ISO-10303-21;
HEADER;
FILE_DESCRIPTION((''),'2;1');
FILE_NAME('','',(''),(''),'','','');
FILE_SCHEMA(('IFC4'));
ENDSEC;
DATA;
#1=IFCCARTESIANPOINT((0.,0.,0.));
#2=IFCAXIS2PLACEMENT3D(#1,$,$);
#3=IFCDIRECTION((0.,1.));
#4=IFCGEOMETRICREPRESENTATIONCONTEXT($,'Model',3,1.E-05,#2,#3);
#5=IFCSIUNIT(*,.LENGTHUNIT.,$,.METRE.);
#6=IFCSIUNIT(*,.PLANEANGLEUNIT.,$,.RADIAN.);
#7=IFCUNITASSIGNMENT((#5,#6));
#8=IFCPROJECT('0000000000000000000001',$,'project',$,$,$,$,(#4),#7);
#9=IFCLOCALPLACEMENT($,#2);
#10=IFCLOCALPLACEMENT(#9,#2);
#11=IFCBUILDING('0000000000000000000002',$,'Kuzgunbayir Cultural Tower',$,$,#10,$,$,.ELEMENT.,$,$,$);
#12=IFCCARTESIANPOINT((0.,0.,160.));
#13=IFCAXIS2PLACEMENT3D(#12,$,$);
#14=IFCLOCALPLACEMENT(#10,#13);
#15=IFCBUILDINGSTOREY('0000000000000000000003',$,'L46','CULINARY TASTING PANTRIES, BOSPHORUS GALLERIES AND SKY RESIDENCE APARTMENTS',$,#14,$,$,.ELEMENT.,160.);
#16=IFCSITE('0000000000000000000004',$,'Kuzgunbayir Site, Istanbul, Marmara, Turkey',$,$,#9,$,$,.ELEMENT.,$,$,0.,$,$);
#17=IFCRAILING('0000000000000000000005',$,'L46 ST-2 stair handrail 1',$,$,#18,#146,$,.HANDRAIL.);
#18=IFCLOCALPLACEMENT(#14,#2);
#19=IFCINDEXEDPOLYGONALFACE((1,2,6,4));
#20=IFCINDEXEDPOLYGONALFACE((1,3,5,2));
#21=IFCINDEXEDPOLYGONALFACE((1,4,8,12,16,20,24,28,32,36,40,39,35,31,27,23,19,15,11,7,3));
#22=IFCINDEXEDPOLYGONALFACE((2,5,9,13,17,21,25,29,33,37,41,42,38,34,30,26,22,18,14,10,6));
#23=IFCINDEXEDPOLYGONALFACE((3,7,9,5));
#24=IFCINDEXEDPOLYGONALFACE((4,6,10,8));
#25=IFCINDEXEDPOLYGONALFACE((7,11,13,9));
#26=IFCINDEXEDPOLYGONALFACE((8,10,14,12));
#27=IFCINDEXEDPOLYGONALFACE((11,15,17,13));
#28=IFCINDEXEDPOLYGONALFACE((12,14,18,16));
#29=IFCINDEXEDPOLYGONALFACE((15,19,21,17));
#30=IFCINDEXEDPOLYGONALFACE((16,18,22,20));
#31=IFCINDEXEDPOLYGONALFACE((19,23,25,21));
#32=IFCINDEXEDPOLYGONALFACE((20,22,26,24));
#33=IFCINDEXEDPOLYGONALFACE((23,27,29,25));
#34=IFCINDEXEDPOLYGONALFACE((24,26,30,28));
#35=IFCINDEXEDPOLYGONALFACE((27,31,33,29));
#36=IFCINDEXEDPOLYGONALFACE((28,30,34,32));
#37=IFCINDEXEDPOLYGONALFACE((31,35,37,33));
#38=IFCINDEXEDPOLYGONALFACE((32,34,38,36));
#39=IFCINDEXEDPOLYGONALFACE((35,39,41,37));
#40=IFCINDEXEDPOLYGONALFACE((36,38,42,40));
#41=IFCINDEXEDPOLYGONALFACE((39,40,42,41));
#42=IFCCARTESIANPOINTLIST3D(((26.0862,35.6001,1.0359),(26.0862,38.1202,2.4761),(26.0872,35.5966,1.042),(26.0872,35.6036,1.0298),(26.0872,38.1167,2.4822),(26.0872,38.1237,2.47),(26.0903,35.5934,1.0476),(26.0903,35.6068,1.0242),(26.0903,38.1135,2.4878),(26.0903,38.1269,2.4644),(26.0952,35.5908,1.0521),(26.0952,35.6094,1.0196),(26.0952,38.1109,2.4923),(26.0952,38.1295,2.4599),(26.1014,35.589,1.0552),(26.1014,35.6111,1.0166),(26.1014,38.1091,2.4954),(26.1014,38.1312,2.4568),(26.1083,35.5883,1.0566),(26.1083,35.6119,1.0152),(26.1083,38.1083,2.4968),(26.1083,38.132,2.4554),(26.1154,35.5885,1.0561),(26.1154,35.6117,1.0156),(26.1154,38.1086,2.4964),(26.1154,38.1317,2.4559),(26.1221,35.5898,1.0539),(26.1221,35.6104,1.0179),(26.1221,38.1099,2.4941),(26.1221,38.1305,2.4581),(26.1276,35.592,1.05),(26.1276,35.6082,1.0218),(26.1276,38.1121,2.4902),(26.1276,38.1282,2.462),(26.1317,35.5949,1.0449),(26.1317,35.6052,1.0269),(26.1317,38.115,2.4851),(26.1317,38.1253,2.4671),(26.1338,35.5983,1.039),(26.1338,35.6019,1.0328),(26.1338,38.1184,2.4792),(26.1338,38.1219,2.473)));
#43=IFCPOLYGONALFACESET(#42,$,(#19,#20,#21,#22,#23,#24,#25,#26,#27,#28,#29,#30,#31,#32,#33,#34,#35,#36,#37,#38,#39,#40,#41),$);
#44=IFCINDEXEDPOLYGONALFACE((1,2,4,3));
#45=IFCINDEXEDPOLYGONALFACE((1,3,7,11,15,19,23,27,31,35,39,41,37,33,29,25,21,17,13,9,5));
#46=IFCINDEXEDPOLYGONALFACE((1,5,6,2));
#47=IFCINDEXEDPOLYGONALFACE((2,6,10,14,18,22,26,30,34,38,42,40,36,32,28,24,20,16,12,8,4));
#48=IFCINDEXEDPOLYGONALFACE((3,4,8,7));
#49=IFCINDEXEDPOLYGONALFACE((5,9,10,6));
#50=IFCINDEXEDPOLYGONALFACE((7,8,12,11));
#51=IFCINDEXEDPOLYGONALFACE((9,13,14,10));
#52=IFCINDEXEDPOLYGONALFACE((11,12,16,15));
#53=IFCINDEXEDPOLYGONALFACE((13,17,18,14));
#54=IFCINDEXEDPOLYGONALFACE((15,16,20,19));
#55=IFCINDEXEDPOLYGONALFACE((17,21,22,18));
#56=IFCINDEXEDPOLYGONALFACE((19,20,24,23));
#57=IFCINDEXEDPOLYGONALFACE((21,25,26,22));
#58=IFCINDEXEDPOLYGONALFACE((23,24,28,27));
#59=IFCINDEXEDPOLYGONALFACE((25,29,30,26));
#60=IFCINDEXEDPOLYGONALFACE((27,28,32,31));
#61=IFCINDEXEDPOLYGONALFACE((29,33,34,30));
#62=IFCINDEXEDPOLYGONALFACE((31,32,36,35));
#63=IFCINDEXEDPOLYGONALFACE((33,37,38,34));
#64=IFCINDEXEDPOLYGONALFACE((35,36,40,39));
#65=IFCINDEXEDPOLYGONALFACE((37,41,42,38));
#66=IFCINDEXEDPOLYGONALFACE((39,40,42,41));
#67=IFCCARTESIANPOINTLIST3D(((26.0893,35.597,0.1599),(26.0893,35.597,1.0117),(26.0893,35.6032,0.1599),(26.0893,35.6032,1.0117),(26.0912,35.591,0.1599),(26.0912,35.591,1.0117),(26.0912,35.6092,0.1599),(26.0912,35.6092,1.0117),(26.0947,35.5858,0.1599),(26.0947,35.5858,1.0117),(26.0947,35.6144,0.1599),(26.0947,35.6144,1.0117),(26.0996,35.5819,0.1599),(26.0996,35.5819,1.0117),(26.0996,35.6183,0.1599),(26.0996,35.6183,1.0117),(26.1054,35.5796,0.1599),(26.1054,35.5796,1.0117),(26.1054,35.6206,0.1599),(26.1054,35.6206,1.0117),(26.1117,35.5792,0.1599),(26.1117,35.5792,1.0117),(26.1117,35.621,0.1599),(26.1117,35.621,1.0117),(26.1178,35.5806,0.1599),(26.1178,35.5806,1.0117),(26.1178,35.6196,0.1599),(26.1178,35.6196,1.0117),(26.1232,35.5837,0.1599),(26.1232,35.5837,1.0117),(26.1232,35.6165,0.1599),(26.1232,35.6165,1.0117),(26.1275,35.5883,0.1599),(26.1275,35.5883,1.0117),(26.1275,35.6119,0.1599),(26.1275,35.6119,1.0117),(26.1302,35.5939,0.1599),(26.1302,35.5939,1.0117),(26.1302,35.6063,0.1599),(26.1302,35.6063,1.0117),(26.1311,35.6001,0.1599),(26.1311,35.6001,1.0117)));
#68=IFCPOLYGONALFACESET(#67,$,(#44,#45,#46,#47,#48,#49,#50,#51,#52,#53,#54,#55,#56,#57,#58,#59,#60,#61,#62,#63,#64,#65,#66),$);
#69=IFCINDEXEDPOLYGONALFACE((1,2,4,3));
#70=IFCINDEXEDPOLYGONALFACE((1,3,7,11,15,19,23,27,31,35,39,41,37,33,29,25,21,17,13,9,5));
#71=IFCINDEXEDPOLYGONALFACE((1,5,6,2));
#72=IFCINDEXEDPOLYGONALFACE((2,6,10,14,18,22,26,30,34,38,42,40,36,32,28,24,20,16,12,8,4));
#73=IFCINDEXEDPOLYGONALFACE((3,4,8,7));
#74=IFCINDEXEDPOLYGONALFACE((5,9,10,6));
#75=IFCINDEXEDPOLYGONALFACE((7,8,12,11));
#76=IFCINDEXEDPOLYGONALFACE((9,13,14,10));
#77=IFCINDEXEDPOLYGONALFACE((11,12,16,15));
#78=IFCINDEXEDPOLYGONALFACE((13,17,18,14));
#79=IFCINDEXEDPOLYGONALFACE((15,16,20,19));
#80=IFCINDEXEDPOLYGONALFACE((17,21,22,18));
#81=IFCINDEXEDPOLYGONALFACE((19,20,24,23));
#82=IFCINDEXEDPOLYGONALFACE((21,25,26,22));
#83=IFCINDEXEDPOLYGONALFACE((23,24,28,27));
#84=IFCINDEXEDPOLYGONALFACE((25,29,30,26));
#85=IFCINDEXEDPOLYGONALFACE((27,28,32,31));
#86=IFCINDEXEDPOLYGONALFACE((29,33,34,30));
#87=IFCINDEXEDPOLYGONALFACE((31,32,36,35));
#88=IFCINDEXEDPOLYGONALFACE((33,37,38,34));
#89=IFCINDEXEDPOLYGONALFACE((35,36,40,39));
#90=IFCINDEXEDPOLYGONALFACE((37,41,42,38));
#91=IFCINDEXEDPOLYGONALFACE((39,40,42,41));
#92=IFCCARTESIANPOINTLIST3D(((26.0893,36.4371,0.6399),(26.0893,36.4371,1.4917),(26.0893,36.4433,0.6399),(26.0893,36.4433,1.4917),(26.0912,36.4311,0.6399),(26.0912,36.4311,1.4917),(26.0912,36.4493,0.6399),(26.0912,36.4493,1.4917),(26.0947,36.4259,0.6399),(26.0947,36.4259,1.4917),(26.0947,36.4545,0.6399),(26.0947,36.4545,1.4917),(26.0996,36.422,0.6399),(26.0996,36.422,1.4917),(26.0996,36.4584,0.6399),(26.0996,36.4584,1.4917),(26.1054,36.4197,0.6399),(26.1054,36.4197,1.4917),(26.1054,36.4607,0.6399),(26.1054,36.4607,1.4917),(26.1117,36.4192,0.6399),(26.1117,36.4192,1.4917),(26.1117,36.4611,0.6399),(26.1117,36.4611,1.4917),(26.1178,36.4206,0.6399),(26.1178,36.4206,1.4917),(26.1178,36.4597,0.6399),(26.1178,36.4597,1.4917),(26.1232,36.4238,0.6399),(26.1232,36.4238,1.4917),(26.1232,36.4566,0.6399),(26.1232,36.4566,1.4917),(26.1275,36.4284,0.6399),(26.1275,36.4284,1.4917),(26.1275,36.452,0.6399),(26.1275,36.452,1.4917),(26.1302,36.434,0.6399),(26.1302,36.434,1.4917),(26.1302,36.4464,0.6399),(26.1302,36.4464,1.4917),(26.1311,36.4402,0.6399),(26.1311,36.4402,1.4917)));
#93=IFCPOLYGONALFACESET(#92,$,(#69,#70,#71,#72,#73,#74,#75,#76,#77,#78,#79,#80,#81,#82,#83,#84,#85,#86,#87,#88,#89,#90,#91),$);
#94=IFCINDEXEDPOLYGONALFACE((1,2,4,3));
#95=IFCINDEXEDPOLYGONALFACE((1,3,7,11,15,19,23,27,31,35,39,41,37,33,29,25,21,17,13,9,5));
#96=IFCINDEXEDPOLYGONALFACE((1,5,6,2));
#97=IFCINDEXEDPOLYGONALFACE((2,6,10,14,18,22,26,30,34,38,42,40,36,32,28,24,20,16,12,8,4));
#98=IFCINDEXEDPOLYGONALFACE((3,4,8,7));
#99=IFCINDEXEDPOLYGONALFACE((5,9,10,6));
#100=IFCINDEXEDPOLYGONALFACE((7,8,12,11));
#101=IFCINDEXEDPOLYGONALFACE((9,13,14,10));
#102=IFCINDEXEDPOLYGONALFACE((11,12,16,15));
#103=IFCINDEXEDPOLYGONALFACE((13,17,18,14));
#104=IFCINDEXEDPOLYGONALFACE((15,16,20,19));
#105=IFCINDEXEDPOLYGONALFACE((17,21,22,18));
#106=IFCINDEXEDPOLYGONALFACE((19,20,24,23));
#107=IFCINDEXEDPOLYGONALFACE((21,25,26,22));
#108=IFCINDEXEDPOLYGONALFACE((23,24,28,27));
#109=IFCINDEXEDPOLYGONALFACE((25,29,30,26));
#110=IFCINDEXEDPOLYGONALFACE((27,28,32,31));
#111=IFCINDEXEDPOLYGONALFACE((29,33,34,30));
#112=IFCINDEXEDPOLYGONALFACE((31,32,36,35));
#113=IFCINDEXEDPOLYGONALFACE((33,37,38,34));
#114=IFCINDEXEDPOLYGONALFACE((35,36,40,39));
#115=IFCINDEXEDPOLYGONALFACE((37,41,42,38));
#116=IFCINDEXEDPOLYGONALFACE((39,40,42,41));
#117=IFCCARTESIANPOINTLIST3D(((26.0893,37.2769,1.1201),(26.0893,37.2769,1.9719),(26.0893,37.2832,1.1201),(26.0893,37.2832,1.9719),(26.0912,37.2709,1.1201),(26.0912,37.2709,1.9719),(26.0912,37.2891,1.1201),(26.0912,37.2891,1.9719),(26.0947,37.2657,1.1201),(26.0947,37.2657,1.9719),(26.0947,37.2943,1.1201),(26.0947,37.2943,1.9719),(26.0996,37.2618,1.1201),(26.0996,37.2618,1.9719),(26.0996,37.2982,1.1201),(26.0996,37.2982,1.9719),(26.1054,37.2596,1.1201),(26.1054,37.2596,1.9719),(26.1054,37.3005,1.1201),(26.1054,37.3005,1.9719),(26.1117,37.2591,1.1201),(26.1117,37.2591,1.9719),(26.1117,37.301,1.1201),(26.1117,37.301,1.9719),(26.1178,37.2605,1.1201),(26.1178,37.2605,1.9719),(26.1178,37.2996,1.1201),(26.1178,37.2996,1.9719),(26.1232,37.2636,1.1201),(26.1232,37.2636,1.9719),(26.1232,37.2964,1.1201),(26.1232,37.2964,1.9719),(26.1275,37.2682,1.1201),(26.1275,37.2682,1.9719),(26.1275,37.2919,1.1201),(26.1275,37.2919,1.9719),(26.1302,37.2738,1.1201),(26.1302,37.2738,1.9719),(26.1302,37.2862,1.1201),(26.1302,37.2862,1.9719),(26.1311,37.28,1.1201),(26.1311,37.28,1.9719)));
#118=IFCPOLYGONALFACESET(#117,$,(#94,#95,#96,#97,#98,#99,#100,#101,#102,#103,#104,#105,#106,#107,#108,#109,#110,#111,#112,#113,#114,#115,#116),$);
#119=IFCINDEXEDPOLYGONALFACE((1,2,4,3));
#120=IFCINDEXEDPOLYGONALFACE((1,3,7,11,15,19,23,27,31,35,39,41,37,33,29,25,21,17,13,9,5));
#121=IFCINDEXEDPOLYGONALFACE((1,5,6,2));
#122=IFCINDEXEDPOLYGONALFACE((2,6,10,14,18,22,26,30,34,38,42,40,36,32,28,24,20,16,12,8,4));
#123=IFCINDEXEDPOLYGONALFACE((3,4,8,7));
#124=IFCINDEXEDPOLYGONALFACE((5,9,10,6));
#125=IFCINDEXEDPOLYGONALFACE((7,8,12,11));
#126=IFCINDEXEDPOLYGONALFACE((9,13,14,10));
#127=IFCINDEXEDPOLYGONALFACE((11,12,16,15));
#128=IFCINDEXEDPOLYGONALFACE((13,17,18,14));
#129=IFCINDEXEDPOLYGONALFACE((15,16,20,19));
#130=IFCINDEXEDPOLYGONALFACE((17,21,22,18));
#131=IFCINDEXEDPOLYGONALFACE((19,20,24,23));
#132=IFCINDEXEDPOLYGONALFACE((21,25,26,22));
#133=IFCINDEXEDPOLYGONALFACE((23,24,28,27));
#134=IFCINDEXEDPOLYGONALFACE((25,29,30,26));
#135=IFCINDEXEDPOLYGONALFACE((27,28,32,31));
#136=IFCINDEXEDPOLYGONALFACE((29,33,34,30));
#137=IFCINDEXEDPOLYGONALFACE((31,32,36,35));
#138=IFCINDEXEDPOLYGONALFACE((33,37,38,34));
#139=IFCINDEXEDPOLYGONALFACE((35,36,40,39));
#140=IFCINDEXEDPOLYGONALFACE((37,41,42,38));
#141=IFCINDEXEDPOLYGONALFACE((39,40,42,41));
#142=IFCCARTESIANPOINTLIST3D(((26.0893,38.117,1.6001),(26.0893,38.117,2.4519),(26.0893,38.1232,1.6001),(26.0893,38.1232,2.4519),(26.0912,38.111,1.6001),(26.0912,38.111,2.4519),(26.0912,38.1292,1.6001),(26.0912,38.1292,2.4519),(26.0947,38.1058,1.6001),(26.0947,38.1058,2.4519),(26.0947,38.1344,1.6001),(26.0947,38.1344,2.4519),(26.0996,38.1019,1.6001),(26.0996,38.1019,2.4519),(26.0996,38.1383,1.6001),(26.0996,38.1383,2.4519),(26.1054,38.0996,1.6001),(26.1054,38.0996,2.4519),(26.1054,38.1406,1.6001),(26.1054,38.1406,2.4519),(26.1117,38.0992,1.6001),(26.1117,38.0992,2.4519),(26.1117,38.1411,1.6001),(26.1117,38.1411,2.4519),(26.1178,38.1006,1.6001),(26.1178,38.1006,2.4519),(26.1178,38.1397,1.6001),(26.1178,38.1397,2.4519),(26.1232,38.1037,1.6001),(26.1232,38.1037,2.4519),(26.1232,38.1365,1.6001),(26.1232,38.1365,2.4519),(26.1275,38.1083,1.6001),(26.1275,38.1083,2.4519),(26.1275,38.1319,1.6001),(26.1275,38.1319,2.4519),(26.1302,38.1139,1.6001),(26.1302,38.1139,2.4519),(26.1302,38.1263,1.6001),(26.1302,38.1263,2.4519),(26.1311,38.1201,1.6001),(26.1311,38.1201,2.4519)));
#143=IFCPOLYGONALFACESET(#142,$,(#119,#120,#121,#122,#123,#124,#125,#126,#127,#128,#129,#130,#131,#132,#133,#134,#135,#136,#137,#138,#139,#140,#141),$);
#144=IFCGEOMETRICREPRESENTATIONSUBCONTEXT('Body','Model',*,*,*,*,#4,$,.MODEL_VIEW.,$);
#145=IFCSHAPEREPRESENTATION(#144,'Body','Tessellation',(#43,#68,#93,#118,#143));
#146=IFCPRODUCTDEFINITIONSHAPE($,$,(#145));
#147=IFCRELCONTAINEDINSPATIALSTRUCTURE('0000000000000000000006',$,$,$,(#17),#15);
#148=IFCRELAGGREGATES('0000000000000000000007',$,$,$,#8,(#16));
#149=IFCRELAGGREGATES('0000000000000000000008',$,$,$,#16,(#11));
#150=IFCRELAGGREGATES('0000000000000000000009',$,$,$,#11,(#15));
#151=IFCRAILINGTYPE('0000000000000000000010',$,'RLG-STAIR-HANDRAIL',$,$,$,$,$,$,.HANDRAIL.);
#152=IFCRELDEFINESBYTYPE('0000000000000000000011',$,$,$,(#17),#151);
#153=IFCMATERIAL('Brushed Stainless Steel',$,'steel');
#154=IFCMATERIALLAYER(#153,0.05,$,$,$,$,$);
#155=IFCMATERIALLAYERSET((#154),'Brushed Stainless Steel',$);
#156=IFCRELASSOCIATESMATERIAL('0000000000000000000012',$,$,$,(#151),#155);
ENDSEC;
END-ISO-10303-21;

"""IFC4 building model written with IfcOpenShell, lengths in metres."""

from ifc_helpers import new_model, si_unit, direction, frame, origin, origin_2d, place, context, subcontext, project, spatial, circle, extrude, material, layer, layer_set, type_object, element, save


model = new_model("IFC4")

# Units and contexts
model_context = context("Model", 3, precision=1e-05, world=origin(), true_north=direction((0.0, 1.0)))
body_context = subcontext(model_context, "Body", "Model", "MODEL_VIEW")
ifc_project = project(units=[si_unit("LENGTHUNIT", "METRE"), si_unit("PLANEANGLEUNIT", "RADIAN")], contexts=[model_context])

# Site, building, storey
site_placement = place(None, origin())
site = spatial("IfcSite", under=ifc_project, at=site_placement, Name="Kuzgunbayir Site, Istanbul, Marmara, Turkey", CompositionType="ELEMENT", RefElevation=0.0)
building_placement = place(site_placement, origin())
building = spatial("IfcBuilding", under=site, at=building_placement, Name="Kuzgunbayir Cultural Tower", CompositionType="ELEMENT")
storey_placement = place(building_placement, frame((0.0, 0.0, 160.0)))
storey = spatial("IfcBuildingStorey", under=building, at=storey_placement, Name="L46", Description="CULINARY TASTING PANTRIES, BOSPHORUS GALLERIES AND SKY RESIDENCE APARTMENTS", CompositionType="ELEMENT", Elevation=160.0)

# Shared definitions
ifc_material_1 = material(Name="Brushed Stainless Steel", Category="steel")

# Railing
ifc_layer_1 = layer(ifc_material_1, 0.05)
ifc_layer_set_1 = layer_set([ifc_layer_1], Name="Brushed Stainless Steel")
railing_type_1 = type_object("IfcRailingType", Name="RLG-STAIR-HANDRAIL", PredefinedType="HANDRAIL", material=ifc_layer_set_1)
railing_1_placement = place(storey_placement, frame((26.1101, 35.6001, 0.1599)))
element("IfcRailing", 1, at=railing_1_placement, inside=storey, type_object=railing_type_1, Name="L46 ST-2 stair handrail 1", PredefinedType="HANDRAIL", context=body_context, shape_type="SweptSolid", body=[
    extrude(circle(Radius=0.0239, at=origin_2d()), frame((0.0, 0.0, 0.876), z_axis=(0.0, 0.868217, 0.496184), x_axis=(-1.0, 0.0, 0.0)), (0.0, 0.0, 1.0), 2.9026),
    extrude(circle(Radius=0.021, at=origin_2d()), origin(), (0.0, 0.0, 1.0), 0.8518),
    extrude(circle(Radius=0.021, at=origin_2d()), frame((0.0, 0.8401, 0.48)), (0.0, 0.0, 1.0), 0.8518),
    extrude(circle(Radius=0.021, at=origin_2d()), frame((0.0, 1.6799, 0.9602)), (0.0, 0.0, 1.0), 0.8518),
    extrude(circle(Radius=0.021, at=origin_2d()), frame((0.0, 2.52, 1.4402)), (0.0, 0.0, 1.0), 0.8518),
])

save(model, "model.ifc")
